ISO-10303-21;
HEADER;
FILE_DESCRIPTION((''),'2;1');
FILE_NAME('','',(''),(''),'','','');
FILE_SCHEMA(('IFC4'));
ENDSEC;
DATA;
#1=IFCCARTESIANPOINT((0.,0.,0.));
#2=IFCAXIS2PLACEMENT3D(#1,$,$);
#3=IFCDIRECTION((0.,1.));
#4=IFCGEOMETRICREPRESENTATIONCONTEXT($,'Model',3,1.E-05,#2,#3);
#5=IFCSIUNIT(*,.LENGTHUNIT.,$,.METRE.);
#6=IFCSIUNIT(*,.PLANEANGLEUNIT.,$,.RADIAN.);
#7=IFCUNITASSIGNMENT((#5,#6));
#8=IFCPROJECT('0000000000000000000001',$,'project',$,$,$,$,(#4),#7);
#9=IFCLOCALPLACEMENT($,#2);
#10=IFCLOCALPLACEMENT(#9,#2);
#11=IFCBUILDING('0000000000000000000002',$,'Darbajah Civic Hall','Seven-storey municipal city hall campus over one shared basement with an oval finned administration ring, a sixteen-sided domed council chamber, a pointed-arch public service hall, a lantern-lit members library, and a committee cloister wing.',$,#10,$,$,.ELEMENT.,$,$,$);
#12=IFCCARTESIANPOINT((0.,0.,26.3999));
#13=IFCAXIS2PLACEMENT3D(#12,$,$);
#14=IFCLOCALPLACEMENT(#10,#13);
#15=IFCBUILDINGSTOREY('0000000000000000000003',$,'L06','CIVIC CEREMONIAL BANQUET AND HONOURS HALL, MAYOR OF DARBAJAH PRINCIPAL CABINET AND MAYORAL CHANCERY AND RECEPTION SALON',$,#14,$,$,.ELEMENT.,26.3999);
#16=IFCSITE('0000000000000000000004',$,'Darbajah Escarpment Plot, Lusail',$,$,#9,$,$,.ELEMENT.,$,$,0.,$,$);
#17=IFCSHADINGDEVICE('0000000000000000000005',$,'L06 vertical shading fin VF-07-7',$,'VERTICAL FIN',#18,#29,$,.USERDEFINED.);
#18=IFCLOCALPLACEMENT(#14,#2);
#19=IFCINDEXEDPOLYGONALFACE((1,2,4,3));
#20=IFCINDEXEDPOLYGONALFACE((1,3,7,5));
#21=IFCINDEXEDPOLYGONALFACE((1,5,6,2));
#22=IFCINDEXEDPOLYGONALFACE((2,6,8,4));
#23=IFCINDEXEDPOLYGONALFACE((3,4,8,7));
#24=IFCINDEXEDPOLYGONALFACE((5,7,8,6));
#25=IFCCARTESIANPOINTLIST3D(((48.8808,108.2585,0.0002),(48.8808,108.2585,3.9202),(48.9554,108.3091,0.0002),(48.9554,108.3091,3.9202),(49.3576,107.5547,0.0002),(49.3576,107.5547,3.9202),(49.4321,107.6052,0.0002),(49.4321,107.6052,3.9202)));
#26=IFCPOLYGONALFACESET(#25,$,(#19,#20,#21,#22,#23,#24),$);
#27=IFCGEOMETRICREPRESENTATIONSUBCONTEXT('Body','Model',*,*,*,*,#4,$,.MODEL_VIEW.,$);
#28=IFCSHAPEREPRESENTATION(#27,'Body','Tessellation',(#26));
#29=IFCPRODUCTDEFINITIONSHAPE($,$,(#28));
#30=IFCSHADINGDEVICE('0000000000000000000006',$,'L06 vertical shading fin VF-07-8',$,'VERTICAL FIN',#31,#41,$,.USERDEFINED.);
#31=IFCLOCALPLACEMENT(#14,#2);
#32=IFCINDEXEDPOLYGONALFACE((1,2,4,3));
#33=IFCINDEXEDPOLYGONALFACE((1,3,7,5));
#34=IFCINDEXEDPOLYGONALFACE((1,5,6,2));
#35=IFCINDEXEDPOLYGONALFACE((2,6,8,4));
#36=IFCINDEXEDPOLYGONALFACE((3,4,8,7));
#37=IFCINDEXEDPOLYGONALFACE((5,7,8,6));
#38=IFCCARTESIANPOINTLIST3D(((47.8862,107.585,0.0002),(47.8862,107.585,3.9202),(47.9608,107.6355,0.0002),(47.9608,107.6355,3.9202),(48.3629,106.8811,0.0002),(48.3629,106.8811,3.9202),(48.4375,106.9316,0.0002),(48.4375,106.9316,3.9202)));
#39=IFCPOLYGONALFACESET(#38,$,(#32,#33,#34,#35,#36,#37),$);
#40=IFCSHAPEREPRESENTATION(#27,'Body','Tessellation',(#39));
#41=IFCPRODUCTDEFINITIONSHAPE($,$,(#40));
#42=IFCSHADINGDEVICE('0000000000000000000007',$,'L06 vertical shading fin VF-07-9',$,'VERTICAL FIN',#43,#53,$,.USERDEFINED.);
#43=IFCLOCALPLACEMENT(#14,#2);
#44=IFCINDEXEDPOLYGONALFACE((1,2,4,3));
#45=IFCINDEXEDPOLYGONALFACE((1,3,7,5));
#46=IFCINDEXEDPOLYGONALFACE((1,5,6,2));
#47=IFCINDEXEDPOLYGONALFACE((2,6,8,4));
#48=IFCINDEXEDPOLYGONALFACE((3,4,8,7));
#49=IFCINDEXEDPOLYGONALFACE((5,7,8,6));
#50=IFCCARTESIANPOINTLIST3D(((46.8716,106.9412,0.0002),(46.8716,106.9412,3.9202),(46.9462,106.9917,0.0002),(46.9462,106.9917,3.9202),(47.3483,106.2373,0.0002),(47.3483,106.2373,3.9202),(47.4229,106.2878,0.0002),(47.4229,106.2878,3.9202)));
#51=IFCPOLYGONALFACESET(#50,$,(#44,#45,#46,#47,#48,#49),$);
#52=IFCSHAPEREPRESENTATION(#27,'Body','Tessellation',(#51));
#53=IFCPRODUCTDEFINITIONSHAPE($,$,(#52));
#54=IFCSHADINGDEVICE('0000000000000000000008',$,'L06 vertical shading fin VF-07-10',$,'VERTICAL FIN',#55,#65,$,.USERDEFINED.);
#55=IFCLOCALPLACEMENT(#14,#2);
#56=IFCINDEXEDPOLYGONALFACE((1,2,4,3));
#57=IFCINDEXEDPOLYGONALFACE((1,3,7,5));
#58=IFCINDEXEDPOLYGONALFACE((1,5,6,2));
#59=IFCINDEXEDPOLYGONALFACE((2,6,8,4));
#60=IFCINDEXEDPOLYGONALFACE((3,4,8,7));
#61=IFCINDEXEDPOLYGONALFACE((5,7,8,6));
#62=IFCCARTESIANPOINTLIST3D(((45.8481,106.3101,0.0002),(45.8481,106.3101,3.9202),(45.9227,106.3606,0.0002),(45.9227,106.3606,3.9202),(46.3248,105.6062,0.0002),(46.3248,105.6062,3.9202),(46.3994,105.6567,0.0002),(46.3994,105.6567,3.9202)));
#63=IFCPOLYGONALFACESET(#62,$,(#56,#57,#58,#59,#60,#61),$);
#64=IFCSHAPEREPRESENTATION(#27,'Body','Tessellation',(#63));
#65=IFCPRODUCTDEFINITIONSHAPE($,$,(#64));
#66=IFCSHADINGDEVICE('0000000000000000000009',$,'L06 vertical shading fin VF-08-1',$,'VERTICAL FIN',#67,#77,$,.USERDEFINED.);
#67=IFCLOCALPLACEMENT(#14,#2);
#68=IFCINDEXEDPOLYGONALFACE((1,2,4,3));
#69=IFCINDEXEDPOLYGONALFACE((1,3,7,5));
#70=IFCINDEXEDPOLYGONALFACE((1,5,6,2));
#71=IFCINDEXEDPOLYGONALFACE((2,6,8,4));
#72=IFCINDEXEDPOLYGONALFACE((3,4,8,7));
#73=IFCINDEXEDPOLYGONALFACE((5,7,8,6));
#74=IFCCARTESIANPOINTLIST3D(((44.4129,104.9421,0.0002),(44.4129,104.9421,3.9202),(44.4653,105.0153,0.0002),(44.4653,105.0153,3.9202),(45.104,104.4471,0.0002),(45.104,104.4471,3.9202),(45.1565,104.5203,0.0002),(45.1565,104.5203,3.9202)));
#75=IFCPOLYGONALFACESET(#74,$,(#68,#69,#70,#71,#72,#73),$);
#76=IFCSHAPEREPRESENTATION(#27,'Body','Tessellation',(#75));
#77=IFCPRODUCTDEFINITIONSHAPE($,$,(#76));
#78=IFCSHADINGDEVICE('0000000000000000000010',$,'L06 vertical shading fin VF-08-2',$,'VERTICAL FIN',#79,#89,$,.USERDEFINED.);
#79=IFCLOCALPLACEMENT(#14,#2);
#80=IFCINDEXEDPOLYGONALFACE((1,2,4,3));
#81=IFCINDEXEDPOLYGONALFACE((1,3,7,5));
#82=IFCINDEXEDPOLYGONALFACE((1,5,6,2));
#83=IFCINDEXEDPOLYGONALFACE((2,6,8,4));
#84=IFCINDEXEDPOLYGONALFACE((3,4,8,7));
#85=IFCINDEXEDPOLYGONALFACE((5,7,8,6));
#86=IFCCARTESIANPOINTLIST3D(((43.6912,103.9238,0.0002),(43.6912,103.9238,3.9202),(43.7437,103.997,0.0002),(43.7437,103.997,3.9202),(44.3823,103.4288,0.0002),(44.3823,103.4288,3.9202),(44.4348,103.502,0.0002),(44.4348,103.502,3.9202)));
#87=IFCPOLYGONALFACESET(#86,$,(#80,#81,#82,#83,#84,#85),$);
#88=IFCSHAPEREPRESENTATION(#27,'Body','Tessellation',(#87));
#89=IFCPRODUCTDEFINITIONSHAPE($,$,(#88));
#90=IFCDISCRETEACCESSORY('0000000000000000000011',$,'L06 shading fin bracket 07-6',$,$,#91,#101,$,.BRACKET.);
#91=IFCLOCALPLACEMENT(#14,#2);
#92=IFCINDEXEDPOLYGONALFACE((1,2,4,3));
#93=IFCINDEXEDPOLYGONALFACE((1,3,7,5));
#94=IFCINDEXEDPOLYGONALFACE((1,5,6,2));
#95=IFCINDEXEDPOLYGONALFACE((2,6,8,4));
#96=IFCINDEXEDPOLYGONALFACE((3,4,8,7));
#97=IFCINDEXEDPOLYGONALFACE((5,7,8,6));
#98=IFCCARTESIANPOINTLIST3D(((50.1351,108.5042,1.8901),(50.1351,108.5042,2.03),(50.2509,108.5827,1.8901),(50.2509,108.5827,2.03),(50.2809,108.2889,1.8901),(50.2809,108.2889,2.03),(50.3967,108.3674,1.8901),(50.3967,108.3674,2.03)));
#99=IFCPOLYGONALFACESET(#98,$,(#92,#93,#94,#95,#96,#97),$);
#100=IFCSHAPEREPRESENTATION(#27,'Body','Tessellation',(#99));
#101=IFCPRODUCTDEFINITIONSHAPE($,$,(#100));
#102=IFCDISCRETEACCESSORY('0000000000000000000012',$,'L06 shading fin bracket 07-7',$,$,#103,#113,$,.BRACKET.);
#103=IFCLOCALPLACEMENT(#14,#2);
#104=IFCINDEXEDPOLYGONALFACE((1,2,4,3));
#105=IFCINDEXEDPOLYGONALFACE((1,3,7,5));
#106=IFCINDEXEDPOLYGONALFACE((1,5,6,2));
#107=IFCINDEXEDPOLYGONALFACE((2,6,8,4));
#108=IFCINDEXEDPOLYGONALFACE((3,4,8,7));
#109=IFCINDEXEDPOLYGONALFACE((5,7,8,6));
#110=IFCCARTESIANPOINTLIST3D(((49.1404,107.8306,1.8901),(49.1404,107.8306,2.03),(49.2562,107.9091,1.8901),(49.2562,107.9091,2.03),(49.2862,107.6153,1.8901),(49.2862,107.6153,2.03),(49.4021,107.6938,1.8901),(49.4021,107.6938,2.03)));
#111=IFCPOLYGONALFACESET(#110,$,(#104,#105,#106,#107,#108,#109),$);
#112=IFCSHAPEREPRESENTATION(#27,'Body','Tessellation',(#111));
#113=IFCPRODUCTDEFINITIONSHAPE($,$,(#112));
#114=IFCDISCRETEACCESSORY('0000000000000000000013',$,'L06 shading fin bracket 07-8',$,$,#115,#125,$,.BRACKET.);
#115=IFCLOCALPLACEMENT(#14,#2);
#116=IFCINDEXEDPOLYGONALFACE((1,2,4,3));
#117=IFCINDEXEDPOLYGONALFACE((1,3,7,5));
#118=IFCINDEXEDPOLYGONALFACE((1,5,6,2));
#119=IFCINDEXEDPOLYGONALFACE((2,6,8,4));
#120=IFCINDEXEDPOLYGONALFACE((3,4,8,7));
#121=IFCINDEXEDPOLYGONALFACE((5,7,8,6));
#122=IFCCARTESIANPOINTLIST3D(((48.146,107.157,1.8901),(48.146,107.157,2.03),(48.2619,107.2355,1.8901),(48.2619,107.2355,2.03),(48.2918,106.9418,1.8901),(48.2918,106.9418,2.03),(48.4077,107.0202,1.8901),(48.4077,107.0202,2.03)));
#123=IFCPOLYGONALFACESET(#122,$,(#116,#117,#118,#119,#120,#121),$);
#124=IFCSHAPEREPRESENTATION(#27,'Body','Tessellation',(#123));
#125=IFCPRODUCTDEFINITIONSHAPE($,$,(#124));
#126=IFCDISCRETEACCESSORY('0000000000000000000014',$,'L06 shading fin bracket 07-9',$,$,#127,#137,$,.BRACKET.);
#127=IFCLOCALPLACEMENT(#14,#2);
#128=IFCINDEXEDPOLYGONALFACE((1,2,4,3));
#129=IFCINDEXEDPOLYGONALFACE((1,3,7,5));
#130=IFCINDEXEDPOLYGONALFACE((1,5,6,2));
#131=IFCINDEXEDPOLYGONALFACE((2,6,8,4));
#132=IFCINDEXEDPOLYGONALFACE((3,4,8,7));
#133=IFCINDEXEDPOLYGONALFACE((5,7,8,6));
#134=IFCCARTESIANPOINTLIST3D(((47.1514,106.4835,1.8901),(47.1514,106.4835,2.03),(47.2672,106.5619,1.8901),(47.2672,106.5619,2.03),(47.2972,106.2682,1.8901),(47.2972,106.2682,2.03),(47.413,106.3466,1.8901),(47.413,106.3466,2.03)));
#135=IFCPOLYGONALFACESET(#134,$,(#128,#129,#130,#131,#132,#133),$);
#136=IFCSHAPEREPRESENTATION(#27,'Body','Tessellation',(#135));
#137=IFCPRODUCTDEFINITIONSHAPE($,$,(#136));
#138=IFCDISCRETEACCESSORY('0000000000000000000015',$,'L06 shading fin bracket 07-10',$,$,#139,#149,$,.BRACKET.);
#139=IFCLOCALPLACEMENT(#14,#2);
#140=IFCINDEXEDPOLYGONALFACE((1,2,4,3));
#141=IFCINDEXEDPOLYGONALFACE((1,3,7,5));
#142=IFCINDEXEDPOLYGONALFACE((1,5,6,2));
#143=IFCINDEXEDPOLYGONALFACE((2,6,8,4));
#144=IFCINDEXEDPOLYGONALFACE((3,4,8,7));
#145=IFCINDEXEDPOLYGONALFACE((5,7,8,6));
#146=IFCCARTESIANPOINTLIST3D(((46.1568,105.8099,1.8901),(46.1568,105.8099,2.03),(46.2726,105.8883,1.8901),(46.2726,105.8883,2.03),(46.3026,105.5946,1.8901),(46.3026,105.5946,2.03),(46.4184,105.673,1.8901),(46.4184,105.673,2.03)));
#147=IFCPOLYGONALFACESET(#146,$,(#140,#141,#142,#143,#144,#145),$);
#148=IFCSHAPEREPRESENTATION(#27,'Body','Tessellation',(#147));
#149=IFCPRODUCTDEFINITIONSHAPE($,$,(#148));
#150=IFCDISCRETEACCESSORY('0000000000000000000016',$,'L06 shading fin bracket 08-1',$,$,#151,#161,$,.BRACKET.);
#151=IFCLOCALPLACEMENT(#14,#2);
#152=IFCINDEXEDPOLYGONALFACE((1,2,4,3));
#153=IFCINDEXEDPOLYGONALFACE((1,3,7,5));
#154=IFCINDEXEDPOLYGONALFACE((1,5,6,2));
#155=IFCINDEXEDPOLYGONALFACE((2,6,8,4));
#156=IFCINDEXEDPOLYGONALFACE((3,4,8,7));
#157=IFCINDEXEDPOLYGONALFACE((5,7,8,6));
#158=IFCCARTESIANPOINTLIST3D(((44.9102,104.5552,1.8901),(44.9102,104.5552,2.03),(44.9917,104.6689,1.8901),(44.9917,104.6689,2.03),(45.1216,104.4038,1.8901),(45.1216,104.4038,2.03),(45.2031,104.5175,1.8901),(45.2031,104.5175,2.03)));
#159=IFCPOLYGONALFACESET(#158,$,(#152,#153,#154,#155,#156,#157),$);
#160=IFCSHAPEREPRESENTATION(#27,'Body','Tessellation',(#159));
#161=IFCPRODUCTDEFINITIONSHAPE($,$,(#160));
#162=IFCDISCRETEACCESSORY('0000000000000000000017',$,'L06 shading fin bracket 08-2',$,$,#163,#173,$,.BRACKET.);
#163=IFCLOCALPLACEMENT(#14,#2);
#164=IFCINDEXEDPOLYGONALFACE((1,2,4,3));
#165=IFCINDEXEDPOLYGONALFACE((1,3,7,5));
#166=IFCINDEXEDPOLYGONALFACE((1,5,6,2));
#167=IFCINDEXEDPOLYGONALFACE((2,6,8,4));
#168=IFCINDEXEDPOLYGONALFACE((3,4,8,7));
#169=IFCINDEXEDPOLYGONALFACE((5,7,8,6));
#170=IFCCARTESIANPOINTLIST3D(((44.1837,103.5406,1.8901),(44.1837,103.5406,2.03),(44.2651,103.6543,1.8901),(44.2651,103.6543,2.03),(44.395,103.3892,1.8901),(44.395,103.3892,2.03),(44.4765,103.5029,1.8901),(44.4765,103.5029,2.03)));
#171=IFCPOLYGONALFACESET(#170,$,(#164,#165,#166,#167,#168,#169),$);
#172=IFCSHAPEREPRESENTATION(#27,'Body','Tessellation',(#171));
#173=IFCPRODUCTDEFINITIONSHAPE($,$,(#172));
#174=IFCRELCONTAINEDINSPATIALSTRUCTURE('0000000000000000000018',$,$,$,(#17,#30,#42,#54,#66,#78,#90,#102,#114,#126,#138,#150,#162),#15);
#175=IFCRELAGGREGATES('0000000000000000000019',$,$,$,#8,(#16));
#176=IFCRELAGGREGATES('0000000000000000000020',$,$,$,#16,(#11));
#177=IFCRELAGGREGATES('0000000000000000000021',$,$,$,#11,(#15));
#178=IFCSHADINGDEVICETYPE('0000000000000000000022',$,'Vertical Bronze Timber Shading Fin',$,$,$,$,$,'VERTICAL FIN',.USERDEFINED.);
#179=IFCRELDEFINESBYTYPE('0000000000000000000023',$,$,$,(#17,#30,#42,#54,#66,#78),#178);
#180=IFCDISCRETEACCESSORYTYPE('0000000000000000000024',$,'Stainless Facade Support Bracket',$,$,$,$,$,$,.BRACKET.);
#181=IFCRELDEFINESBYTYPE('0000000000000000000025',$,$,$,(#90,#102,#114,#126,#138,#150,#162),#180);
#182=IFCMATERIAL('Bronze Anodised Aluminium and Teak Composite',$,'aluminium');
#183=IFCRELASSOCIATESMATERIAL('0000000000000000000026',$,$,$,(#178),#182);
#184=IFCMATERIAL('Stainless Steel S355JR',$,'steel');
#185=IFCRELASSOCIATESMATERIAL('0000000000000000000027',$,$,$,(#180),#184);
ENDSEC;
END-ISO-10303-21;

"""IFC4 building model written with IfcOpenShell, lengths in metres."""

from ifc_helpers import new_model, si_unit, direction, frame, origin, origin_2d, place, context, subcontext, project, spatial, rectangle, extrude, material, type_object, element, save


model = new_model("IFC4")

# Units and contexts
model_context = context("Model", 3, precision=1e-05, world=origin(), true_north=direction((0.0, 1.0)))
body_context = subcontext(model_context, "Body", "Model", "MODEL_VIEW")
ifc_project = project(units=[si_unit("LENGTHUNIT", "METRE"), si_unit("PLANEANGLEUNIT", "RADIAN")], contexts=[model_context])

# Site, building, storey
site_placement = place(None, origin())
site = spatial("IfcSite", under=ifc_project, at=site_placement, Name="Darbajah Escarpment Plot, Lusail", CompositionType="ELEMENT", RefElevation=0.0)
building_placement = place(site_placement, origin())
building = spatial("IfcBuilding", under=site, at=building_placement, Name="Darbajah Civic Hall", Description="Seven-storey municipal city hall campus over one shared basement with an oval finned administration ring, a sixteen-sided domed council chamber, a pointed-arch public service hall, a lantern-lit members library, and a committee cloister wing.", CompositionType="ELEMENT")
storey_placement = place(building_placement, frame((0.0, 0.0, 26.3999)))
storey = spatial("IfcBuildingStorey", under=building, at=storey_placement, Name="L06", Description="CIVIC CEREMONIAL BANQUET AND HONOURS HALL, MAYOR OF DARBAJAH PRINCIPAL CABINET AND MAYORAL CHANCERY AND RECEPTION SALON", CompositionType="ELEMENT", Elevation=26.3999)

# Shading devices
ifc_material_1 = material(Name="Bronze Anodised Aluminium and Teak Composite", Category="aluminium")
shading_device_type = type_object("IfcShadingDeviceType", Name="Vertical Bronze Timber Shading Fin", ElementType="VERTICAL FIN", PredefinedType="USERDEFINED", material=ifc_material_1)
for number, where, z_axis, x_axis, name in (
    (1, (49.1565, 107.9319, 0.0002), (0.0, 0.0, 1.0), (-0.560784, 0.827962, 0.0), "L06 vertical shading fin VF-07-7"),
    (2, (48.1619, 107.2583, 0.0002), (0.0, 0.0, 1.0), (-0.560784, 0.827962, 0.0), "L06 vertical shading fin VF-07-8"),
    (3, (47.1472, 106.6145, 0.0002), (0.0, 0.0, 1.0), (-0.560784, 0.827962, 0.0), "L06 vertical shading fin VF-07-9"),
    (4, (46.1238, 105.9834, 0.0002), (0.0, 0.0, 1.0), (-0.560784, 0.827962, 0.0), "L06 vertical shading fin VF-07-10"),
    (5, (44.7847, 104.7312, 0.0002), (0.0, 0.0, 1.0), (-0.812999, 0.582265, 0.0), "L06 vertical shading fin VF-08-1"),
    (6, (44.063, 103.7129, 0.0002), (0.0, 0.0, 1.0), (-0.812999, 0.582265, 0.0), "L06 vertical shading fin VF-08-2"),
):
    element("IfcShadingDevice", number, at=place(storey_placement, frame(where, z_axis=z_axis, x_axis=x_axis)), inside=storey, type_object=shading_device_type, Name=name, ObjectType="VERTICAL FIN", PredefinedType="USERDEFINED", context=body_context, shape_type="SweptSolid", body=[
        extrude(rectangle(XDim=0.8501, YDim=0.0901, at=origin_2d()), origin(), (0.0, 0.0, 1.0), 3.9199),
    ])

# Discrete accessories
ifc_material_2 = material(Name="Stainless Steel S355JR", Category="steel")
discrete_accessory_type = type_object("IfcDiscreteAccessoryType", Name="Stainless Facade Support Bracket", PredefinedType="BRACKET", material=ifc_material_2)
for number, where, z_axis, x_axis, name in (
    (7, (50.2659, 108.4358, 1.8901), (0.0, 0.0, 1.0), (-0.560784, 0.827962, 0.0), "L06 shading fin bracket 07-6"),
    (8, (49.2712, 107.7622, 1.8901), (0.0, 0.0, 1.0), (-0.560784, 0.827962, 0.0), "L06 shading fin bracket 07-7"),
    (9, (48.2769, 107.0886, 1.8901), (0.0, 0.0, 1.0), (-0.560784, 0.827962, 0.0), "L06 shading fin bracket 07-8"),
    (10, (47.2822, 106.415, 1.8901), (0.0, 0.0, 1.0), (-0.560784, 0.827962, 0.0), "L06 shading fin bracket 07-9"),
    (11, (46.2876, 105.7415, 1.8901), (0.0, 0.0, 1.0), (-0.560784, 0.827962, 0.0), "L06 shading fin bracket 07-10"),
    (12, (45.0566, 104.5364, 1.8901), (0.0, 0.0, 1.0), (-0.812999, 0.582265, 0.0), "L06 shading fin bracket 08-1"),
    (13, (44.3301, 103.5217, 1.8901), (0.0, 0.0, 1.0), (-0.812999, 0.582265, 0.0), "L06 shading fin bracket 08-2"),
):
    element("IfcDiscreteAccessory", number, at=place(storey_placement, frame(where, z_axis=z_axis, x_axis=x_axis)), inside=storey, type_object=discrete_accessory_type, Name=name, PredefinedType="BRACKET", context=body_context, shape_type="SweptSolid", body=[
        extrude(rectangle(XDim=0.26, YDim=0.1399, at=origin_2d()), origin(), (0.0, 0.0, 1.0), 0.1399),
    ])

save(model, "model.ifc")
